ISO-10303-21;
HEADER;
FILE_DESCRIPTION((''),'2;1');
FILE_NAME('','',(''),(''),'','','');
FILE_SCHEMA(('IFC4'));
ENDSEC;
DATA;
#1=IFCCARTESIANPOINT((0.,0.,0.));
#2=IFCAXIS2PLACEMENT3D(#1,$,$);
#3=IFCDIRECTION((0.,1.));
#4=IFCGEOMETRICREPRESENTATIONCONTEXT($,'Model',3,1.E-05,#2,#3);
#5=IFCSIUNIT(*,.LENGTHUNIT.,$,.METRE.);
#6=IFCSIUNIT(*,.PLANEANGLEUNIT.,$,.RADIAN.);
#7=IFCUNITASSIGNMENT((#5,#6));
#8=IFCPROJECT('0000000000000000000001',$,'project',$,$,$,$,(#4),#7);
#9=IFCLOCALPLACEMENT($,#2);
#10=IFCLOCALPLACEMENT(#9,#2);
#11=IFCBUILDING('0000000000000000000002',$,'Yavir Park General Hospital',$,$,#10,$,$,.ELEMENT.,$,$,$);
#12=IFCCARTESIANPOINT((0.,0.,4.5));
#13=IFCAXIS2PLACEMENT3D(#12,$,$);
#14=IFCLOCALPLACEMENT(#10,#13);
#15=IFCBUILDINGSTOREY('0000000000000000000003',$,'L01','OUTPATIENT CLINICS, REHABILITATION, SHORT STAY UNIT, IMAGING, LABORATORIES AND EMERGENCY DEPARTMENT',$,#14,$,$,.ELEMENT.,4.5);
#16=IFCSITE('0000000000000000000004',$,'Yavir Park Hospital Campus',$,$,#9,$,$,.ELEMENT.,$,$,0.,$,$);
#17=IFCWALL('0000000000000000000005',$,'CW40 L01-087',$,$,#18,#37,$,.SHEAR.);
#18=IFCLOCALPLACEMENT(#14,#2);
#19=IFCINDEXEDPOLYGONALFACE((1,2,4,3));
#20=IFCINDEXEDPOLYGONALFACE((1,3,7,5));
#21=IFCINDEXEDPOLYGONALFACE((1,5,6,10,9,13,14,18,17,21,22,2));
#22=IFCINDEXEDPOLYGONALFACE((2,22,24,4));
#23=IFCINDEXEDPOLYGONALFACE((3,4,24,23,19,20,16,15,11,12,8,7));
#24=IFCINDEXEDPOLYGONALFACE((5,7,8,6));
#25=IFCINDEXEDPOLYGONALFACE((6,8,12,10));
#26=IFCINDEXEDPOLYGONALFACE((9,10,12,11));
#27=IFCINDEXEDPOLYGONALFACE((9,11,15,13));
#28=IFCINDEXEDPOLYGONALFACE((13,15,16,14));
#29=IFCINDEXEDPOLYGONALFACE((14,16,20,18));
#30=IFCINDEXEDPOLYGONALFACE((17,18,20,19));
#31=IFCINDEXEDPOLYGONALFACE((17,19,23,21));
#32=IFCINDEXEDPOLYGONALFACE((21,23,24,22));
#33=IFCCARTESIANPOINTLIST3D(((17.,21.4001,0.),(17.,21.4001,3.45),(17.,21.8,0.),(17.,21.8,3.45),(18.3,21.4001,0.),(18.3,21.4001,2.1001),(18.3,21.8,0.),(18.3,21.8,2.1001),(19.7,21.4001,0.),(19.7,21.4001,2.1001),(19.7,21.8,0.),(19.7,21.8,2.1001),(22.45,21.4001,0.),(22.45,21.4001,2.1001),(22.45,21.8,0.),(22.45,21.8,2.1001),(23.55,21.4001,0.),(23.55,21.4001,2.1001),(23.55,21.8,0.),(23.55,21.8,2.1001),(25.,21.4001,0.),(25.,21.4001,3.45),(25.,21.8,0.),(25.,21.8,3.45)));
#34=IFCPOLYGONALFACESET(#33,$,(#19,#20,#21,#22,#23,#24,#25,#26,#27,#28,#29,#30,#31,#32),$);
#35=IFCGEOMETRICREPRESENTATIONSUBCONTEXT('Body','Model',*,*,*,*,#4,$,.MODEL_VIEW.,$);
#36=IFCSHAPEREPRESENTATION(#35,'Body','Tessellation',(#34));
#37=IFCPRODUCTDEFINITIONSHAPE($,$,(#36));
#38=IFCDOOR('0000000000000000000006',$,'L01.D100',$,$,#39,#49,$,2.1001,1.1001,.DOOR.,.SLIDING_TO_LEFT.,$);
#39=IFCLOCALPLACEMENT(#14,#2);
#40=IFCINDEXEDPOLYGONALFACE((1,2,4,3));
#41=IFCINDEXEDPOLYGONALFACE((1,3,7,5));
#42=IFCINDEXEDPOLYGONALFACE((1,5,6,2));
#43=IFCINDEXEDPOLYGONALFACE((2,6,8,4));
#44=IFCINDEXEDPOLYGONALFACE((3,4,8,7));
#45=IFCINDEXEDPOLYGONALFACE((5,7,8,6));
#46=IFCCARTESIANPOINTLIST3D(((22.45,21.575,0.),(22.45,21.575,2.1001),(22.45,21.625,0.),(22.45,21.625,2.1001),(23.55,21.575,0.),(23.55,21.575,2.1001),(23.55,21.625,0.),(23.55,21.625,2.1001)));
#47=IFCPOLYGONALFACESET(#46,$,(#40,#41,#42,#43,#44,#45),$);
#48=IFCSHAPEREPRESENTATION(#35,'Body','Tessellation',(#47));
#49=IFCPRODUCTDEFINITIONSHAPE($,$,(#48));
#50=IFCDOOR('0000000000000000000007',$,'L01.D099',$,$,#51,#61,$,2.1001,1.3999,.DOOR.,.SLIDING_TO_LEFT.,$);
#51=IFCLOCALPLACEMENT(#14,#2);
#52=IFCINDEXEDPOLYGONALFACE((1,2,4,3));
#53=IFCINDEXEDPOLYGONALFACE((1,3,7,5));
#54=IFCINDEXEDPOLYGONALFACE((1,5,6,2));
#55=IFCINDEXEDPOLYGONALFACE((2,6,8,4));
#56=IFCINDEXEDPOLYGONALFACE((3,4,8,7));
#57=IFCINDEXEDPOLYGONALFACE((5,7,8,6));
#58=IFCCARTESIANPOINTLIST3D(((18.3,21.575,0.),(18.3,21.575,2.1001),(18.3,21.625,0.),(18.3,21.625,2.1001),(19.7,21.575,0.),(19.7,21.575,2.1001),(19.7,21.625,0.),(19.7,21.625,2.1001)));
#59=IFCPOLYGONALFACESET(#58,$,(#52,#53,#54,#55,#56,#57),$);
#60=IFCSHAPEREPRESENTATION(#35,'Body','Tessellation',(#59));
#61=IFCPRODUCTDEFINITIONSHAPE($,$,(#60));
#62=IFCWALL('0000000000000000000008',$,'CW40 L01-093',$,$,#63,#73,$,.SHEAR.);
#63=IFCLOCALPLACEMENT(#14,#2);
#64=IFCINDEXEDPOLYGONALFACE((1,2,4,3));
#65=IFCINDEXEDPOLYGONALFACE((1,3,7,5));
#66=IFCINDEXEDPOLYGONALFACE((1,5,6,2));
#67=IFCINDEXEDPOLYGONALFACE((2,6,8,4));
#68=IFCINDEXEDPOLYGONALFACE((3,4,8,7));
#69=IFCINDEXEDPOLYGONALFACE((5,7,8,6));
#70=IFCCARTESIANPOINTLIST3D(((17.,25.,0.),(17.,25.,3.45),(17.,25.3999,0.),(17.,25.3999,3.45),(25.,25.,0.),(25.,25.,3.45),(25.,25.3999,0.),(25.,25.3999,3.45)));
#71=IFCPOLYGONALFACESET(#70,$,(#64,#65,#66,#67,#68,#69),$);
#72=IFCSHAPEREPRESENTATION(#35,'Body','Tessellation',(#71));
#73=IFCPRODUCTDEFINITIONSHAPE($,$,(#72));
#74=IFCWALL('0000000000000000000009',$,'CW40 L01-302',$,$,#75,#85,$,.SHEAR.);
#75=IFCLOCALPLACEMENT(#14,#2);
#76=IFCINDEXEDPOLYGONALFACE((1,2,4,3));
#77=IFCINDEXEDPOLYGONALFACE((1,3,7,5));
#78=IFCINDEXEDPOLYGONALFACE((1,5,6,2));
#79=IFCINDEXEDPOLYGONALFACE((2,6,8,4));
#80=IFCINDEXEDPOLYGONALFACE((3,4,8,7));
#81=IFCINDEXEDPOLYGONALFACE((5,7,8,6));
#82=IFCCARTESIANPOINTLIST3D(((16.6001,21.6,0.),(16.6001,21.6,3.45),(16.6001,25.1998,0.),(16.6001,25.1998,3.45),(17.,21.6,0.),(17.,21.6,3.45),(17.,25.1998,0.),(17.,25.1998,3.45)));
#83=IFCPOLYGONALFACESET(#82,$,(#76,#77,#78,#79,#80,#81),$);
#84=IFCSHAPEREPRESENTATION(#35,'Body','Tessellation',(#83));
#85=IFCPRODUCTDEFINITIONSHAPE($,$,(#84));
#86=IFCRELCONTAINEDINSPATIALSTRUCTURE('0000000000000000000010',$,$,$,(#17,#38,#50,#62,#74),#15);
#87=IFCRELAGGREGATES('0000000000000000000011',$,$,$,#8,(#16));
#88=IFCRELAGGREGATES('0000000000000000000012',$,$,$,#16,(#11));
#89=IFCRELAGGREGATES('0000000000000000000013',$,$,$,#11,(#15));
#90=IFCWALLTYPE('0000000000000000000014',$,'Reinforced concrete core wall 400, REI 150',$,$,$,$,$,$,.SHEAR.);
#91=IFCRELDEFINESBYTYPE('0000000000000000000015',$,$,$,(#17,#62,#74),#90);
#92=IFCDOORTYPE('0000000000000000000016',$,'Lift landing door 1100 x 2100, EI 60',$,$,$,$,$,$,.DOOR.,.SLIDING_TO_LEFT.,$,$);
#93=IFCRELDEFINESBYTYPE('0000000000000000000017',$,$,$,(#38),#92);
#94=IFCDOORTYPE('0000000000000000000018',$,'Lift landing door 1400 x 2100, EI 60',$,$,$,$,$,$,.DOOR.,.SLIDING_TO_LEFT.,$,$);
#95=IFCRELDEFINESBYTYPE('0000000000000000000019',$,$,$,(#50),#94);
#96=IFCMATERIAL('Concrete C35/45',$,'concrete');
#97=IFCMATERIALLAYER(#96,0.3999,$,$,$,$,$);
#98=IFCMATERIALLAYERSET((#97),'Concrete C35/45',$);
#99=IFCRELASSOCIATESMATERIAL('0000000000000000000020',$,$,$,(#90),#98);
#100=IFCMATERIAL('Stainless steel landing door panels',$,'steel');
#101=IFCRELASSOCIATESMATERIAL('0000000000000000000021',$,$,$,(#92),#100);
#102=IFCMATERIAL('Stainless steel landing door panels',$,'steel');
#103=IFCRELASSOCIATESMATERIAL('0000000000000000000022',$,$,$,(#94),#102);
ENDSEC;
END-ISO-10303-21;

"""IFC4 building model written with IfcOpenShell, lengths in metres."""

from ifc_helpers import new_model, si_unit, direction, frame, frame_2d, origin, place, context, subcontext, project, spatial, rectangle, extrude, material, layer, layer_set, type_object, element, fill, save


model = new_model("IFC4")

# Units and contexts
model_context = context("Model", 3, precision=1e-05, world=origin(), true_north=direction((0.0, 1.0)))
body_context = subcontext(model_context, "Body", "Model", "MODEL_VIEW")
ifc_project = project(units=[si_unit("LENGTHUNIT", "METRE"), si_unit("PLANEANGLEUNIT", "RADIAN")], contexts=[model_context])

# Site, building, storey
site_placement = place(None, origin())
site = spatial("IfcSite", under=ifc_project, at=site_placement, Name="Yavir Park Hospital Campus", CompositionType="ELEMENT", RefElevation=0.0)
building_placement = place(site_placement, origin())
building = spatial("IfcBuilding", under=site, at=building_placement, Name="Yavir Park General Hospital", CompositionType="ELEMENT")
storey_placement = place(building_placement, frame((0.0, 0.0, 4.5)))
storey = spatial("IfcBuildingStorey", under=building, at=storey_placement, Name="L01", Description="OUTPATIENT CLINICS, REHABILITATION, SHORT STAY UNIT, IMAGING, LABORATORIES AND EMERGENCY DEPARTMENT", CompositionType="ELEMENT", Elevation=4.5)

# Wall, openings, doors
ifc_material_1 = material(Name="Concrete C35/45", Category="concrete")
ifc_layer_1 = layer(ifc_material_1, 0.3999)
ifc_layer_set_1 = layer_set([ifc_layer_1], Name="Concrete C35/45")
wall_type_1 = type_object("IfcWallType", Name="Reinforced concrete core wall 400, REI 150", PredefinedType="SHEAR", material=ifc_layer_set_1)
wall_1_placement = place(storey_placement, frame((17.0, 21.6001, 0.0), z_axis=(0.0, 0.0, 1.0), x_axis=(1.0, 0.0, 0.0)))
wall_1 = element("IfcWall", 1, at=wall_1_placement, inside=storey, type_object=wall_type_1, Name="CW40 L01-087", PredefinedType="SHEAR", context=body_context, shape_type="SweptSolid", body=[
    extrude(rectangle(XDim=8.0, YDim=0.3999, at=frame_2d((4.0, 0.0))), origin(), (0.0, 0.0, 1.0), 3.45),
])
opening_1_placement = place(wall_1_placement, frame((1.3, 0.0, 0.0)))
opening_1 = element("IfcOpeningElement", 2, at=opening_1_placement, cuts=wall_1, PredefinedType="OPENING", context=body_context, shape_type="SweptSolid", body=[
    extrude(rectangle(XDim=1.3999, YDim=2.1001, at=frame_2d((0.7, 1.05))), frame((0.0, 0.21, 0.0), z_axis=(0.0, -1.0, 0.0), x_axis=(1.0, 0.0, 0.0)), (0.0, 0.0, 1.0), 0.4199),
])
opening_2_placement = place(wall_1_placement, frame((5.45, 0.0, 0.0)))
opening_2 = element("IfcOpeningElement", 3, at=opening_2_placement, cuts=wall_1, PredefinedType="OPENING", context=body_context, shape_type="SweptSolid", body=[
    extrude(rectangle(XDim=1.1001, YDim=2.1001, at=frame_2d((0.55, 1.05))), frame((0.0, 0.21, 0.0), z_axis=(0.0, -1.0, 0.0), x_axis=(1.0, 0.0, 0.0)), (0.0, 0.0, 1.0), 0.4199),
])
ifc_material_2 = material(Name="Stainless steel landing door panels", Category="steel")
door_type_1 = type_object("IfcDoorType", Name="Lift landing door 1100 x 2100, EI 60", OperationType="SLIDING_TO_LEFT", PredefinedType="DOOR", material=ifc_material_2)
door_1_placement = place(opening_2_placement, origin())
door_1 = element("IfcDoor", 4, at=door_1_placement, inside=storey, type_object=door_type_1, Name="L01.D100", OperationType="SLIDING_TO_LEFT", OverallHeight=2.1001, OverallWidth=1.1001, PredefinedType="DOOR", context=body_context, shape_type="SweptSolid", body=[
    extrude(rectangle(XDim=1.1001, YDim=2.1001, at=frame_2d((0.55, 1.05))), frame((0.0, 0.0249, 0.0), z_axis=(0.0, -1.0, 0.0), x_axis=(1.0, 0.0, 0.0)), (0.0, 0.0, 1.0), 0.05),
])
fill(opening_2, door_1)
ifc_material_3 = material(Name="Stainless steel landing door panels", Category="steel")
door_type_2 = type_object("IfcDoorType", Name="Lift landing door 1400 x 2100, EI 60", OperationType="SLIDING_TO_LEFT", PredefinedType="DOOR", material=ifc_material_3)
door_2_placement = place(opening_1_placement, origin())
door_2 = element("IfcDoor", 5, at=door_2_placement, inside=storey, type_object=door_type_2, Name="L01.D099", OperationType="SLIDING_TO_LEFT", OverallHeight=2.1001, OverallWidth=1.3999, PredefinedType="DOOR", context=body_context, shape_type="SweptSolid", body=[
    extrude(rectangle(XDim=1.3999, YDim=2.1001, at=frame_2d((0.7, 1.05))), frame((0.0, 0.0249, 0.0), z_axis=(0.0, -1.0, 0.0), x_axis=(1.0, 0.0, 0.0)), (0.0, 0.0, 1.0), 0.05),
])
fill(opening_1, door_2)

# Walls
wall_2_placement = place(storey_placement, frame((17.0, 25.2, 0.0), z_axis=(0.0, 0.0, 1.0), x_axis=(1.0, 0.0, 0.0)))
element("IfcWall", 6, at=wall_2_placement, inside=storey, type_object=wall_type_1, Name="CW40 L01-093", PredefinedType="SHEAR", context=body_context, shape_type="SweptSolid", body=[
    extrude(rectangle(XDim=8.0, YDim=0.3999, at=frame_2d((4.0, 0.0))), origin(), (0.0, 0.0, 1.0), 3.45),
])
wall_3_placement = place(storey_placement, frame((16.8, 21.6001, 0.0), z_axis=(0.0, 0.0, 1.0), x_axis=(0.0, 1.0, 0.0)))
element("IfcWall", 7, at=wall_3_placement, inside=storey, type_object=wall_type_1, Name="CW40 L01-302", PredefinedType="SHEAR", context=body_context, shape_type="SweptSolid", body=[
    extrude(rectangle(XDim=3.5999, YDim=0.3999, at=frame_2d((1.7998, 0.0))), origin(), (0.0, 0.0, 1.0), 3.45),
])

save(model, "model.ifc")
